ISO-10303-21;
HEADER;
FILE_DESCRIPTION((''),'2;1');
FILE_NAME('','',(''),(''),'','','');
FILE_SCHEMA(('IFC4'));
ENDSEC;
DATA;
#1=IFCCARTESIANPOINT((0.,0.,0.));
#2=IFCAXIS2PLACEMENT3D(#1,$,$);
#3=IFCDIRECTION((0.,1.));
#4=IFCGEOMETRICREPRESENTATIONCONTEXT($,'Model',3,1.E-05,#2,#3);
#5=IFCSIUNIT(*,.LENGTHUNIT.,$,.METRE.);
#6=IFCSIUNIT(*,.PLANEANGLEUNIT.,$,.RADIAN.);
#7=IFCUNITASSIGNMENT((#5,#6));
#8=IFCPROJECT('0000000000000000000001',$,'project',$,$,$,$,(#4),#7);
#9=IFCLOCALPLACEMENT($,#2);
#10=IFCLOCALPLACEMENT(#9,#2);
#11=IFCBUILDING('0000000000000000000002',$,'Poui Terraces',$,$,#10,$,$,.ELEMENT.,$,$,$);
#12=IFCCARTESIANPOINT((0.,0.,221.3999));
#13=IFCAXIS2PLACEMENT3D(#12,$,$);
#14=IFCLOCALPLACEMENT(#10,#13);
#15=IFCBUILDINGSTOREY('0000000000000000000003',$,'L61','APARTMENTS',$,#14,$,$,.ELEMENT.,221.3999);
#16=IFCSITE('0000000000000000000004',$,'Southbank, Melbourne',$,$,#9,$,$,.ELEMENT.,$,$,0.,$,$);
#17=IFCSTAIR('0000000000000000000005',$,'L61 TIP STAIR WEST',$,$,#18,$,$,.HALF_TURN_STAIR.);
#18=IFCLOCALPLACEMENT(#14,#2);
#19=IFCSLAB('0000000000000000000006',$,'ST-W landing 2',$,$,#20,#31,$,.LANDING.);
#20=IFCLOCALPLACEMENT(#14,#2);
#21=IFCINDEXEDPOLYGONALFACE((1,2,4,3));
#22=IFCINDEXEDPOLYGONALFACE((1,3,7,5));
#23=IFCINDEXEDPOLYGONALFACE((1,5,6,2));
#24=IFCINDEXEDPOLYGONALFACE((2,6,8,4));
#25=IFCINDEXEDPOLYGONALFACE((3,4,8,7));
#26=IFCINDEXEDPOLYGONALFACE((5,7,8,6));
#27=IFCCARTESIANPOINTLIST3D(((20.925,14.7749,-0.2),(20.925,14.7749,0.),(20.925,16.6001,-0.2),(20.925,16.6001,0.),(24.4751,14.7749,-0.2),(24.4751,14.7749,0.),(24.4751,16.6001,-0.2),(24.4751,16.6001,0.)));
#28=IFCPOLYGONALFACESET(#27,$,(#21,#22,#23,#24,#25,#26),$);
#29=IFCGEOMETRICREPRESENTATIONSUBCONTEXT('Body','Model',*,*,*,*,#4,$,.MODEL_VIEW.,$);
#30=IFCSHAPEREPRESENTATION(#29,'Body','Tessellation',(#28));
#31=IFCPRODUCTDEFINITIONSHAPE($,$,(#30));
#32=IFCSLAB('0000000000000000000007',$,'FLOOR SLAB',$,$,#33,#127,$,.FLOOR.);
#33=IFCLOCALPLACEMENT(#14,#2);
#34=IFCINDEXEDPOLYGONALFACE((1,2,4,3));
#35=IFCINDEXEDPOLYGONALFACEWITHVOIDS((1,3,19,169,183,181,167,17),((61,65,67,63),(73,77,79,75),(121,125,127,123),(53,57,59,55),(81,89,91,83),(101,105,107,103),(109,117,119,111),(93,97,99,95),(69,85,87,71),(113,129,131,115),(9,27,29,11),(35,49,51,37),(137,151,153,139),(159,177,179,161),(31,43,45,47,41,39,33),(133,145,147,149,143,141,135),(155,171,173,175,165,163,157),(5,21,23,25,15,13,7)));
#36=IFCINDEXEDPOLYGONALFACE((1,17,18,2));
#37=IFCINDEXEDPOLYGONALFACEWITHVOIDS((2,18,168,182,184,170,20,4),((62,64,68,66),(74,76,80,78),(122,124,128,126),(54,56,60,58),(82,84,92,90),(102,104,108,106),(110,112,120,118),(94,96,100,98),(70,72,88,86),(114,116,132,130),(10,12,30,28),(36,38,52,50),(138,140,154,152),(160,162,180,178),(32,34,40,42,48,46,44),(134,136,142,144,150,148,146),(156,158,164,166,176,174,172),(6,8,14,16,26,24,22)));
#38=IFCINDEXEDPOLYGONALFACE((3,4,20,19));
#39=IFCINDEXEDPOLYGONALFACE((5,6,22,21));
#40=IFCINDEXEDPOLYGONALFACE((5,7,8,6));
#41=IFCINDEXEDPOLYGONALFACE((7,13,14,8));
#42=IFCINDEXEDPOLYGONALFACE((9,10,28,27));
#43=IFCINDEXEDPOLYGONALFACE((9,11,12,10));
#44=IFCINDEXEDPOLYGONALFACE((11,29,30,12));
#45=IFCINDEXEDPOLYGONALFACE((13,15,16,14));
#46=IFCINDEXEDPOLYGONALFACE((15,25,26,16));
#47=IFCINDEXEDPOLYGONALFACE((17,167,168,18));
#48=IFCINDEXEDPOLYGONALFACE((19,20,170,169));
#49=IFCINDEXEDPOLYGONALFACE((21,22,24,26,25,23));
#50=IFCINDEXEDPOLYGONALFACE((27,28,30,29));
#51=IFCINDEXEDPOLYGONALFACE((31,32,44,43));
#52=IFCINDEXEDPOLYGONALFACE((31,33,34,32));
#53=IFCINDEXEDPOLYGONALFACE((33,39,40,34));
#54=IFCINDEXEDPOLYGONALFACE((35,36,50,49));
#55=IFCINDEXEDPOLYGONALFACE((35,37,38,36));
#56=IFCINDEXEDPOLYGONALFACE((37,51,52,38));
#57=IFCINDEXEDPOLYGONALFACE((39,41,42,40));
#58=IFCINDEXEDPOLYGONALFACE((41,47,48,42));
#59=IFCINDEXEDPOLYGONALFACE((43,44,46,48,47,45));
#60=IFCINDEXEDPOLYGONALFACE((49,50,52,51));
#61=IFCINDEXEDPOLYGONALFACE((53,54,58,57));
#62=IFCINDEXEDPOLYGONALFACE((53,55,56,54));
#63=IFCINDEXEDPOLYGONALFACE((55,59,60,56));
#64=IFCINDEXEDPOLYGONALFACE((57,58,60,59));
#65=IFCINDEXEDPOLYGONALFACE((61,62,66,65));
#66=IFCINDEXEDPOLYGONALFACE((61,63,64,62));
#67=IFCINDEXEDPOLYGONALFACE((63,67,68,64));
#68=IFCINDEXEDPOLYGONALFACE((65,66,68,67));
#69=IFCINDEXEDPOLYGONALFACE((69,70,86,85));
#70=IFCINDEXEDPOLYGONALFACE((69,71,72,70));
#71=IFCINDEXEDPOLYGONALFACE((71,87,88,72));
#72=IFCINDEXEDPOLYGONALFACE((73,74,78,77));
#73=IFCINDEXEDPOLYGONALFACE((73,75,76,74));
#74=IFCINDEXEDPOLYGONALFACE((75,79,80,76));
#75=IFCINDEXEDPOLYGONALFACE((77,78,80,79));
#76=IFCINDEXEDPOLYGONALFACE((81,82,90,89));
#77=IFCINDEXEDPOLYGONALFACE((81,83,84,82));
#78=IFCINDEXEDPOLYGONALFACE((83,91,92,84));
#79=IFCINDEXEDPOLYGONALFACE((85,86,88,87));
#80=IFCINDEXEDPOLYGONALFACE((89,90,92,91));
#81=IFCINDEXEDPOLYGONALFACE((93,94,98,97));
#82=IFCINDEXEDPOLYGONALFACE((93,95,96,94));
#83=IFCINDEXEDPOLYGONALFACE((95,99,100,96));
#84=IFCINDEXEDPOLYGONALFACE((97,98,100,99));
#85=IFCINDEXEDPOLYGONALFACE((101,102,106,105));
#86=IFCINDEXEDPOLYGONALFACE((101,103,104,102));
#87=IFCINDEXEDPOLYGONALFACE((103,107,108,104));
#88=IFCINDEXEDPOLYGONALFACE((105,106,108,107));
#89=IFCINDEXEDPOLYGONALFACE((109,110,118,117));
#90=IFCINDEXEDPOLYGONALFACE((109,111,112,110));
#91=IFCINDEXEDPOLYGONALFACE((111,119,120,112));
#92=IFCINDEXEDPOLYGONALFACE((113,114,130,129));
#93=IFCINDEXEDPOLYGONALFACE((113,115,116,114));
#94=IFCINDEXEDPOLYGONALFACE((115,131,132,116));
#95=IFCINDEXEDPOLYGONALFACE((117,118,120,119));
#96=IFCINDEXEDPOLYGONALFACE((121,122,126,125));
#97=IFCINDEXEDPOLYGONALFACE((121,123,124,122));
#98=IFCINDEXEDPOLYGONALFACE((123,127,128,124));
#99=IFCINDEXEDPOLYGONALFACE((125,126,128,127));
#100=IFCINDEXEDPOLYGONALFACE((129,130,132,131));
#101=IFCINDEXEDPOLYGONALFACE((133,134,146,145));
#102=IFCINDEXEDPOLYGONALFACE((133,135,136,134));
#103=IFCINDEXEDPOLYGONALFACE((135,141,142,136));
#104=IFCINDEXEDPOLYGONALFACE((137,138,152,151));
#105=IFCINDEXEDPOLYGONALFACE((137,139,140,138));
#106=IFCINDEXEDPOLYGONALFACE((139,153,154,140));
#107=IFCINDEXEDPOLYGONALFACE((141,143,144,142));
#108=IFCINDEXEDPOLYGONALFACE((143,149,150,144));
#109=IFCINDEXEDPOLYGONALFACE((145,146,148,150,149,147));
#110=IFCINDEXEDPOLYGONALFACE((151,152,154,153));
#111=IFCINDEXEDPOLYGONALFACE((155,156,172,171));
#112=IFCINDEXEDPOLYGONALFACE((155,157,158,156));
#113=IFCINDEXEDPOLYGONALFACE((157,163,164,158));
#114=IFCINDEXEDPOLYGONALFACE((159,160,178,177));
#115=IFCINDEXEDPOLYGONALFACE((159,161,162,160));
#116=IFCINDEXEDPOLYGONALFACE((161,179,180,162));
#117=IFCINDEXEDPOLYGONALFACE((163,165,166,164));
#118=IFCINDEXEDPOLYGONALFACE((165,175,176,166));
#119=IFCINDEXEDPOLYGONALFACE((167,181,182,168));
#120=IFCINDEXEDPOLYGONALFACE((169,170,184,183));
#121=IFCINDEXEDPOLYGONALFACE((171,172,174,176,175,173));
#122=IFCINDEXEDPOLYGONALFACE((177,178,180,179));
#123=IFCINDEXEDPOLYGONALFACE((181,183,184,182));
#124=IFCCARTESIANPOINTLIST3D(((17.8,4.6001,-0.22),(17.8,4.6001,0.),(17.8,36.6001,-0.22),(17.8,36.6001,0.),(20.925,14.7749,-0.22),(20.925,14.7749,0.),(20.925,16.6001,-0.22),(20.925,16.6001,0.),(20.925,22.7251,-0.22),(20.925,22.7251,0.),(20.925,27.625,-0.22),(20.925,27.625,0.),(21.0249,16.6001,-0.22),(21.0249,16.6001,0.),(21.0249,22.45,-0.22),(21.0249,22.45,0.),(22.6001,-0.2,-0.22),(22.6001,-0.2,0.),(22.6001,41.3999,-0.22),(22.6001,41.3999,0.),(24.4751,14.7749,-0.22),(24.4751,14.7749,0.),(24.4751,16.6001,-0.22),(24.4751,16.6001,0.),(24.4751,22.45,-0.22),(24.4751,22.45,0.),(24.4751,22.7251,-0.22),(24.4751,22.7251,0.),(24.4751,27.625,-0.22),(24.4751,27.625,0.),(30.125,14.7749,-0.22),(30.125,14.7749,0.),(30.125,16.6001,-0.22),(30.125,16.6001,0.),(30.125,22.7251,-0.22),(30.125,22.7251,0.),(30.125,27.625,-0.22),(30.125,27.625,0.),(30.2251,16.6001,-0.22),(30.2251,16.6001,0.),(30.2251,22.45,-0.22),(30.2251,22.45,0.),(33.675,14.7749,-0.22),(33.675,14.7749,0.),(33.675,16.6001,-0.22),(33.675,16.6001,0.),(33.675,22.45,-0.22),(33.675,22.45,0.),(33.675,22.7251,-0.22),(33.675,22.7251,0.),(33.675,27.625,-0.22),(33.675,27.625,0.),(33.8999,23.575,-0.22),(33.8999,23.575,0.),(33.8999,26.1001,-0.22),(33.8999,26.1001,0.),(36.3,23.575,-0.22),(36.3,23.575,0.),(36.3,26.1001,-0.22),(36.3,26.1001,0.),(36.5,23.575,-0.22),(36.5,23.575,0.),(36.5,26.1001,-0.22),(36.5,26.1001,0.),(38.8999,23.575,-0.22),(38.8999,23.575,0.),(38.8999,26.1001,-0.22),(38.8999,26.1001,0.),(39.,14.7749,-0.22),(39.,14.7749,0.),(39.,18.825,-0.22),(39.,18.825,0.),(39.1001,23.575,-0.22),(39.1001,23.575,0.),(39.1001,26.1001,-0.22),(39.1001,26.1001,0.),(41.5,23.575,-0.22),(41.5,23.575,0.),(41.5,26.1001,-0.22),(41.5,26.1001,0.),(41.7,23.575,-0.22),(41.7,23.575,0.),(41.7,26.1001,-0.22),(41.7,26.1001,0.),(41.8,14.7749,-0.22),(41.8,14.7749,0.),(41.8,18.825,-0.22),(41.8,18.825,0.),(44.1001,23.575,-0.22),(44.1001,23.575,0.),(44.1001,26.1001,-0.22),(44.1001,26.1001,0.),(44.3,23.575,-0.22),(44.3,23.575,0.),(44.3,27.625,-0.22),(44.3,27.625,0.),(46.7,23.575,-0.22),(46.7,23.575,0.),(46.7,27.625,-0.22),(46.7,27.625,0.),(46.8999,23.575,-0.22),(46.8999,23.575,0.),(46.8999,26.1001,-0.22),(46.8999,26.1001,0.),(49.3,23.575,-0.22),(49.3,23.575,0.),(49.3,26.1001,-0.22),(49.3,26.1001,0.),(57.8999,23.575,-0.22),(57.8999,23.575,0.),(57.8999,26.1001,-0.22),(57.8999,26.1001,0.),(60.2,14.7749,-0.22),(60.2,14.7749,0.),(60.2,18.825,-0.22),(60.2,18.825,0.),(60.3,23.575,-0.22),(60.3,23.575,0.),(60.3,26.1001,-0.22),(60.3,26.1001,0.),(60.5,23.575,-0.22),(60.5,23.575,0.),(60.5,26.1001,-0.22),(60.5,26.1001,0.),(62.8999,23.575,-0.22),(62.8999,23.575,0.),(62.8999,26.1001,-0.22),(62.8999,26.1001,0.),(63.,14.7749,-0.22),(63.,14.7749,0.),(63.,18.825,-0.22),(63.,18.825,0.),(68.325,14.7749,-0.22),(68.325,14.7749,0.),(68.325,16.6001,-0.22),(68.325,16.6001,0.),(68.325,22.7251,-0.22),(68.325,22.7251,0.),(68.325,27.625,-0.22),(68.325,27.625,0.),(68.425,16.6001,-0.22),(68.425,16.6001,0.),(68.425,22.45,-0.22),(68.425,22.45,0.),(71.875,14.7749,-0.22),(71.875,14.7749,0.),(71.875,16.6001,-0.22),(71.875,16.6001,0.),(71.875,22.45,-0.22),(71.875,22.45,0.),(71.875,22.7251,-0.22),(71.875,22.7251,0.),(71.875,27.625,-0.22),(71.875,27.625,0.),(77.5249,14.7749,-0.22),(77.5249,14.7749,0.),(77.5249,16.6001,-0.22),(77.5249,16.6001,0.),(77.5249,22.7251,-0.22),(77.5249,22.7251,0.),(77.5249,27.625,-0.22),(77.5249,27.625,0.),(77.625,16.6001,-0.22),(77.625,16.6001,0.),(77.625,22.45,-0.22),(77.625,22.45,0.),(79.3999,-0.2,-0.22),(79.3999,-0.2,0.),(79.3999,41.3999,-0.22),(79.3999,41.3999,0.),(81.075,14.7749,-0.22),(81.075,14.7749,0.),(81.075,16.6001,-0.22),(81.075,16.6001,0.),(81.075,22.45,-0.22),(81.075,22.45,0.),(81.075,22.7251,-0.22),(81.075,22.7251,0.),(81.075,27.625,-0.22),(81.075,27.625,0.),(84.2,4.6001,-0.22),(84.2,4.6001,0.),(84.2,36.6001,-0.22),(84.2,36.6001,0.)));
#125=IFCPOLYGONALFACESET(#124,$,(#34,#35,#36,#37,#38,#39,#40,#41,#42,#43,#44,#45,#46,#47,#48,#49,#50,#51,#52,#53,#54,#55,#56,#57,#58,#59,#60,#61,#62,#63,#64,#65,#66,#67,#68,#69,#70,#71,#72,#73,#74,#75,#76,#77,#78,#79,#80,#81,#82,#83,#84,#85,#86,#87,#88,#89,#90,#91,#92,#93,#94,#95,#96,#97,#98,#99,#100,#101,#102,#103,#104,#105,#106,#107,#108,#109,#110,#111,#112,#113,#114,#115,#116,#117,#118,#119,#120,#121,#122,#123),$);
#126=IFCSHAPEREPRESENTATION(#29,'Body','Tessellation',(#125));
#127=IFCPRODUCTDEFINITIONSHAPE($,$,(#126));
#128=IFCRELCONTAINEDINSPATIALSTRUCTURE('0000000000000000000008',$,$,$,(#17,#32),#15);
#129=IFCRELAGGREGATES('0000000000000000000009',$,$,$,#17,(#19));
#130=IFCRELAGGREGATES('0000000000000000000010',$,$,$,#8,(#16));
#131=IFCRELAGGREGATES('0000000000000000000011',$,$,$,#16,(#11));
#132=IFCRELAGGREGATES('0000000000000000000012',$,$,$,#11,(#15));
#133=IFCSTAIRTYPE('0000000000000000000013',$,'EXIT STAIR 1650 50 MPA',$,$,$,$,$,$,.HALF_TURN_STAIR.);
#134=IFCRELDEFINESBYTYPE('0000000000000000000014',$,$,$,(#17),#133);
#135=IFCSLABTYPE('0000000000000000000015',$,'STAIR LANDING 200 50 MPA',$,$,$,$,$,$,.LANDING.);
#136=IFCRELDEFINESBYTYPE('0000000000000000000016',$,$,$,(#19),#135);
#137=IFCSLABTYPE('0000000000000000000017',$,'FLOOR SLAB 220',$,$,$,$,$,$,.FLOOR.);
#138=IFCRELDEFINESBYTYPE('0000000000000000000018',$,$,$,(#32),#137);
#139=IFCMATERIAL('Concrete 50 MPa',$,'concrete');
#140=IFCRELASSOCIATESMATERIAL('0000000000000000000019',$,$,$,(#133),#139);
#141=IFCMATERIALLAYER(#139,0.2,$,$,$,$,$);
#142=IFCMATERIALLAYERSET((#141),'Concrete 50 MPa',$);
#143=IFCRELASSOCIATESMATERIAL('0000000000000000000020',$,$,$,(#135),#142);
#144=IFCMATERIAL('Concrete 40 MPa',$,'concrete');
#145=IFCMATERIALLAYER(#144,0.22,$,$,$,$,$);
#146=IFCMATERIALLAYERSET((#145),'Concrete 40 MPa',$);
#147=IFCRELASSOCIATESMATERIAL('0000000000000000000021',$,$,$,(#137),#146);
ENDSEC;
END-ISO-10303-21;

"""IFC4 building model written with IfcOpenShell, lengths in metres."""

from ifc_helpers import new_model, si_unit, direction, frame, origin, place, context, subcontext, project, spatial, polyline, outline, extrude, source, transform, mapped, material, layer, layer_set, type_object, element, aggregate, save


model = new_model("IFC4")

# Units and contexts
model_context = context("Model", 3, precision=1e-05, world=origin(), true_north=direction((0.0, 1.0)))
body_context = subcontext(model_context, "Body", "Model", "MODEL_VIEW")
ifc_project = project(units=[si_unit("LENGTHUNIT", "METRE"), si_unit("PLANEANGLEUNIT", "RADIAN")], contexts=[model_context])

# Site, building, storey
site_placement = place(None, origin())
site = spatial("IfcSite", under=ifc_project, at=site_placement, Name="Southbank, Melbourne", CompositionType="ELEMENT", RefElevation=0.0)
building_placement = place(site_placement, origin())
building = spatial("IfcBuilding", under=site, at=building_placement, Name="Poui Terraces", CompositionType="ELEMENT")
storey_placement = place(building_placement, frame((0.0, 0.0, 221.3999)))
storey = spatial("IfcBuildingStorey", under=building, at=storey_placement, Name="L61", Description="APARTMENTS", CompositionType="ELEMENT", Elevation=221.3999)

# Stair, slab
ifc_material_1 = material(Name="Concrete 50 MPa", Category="concrete")
stair_type = type_object("IfcStairType", Name="EXIT STAIR 1650 50 MPA", PredefinedType="HALF_TURN_STAIR", material=ifc_material_1)
stair_placement = place(storey_placement, origin())
stair = element("IfcStair", 1, at=stair_placement, inside=storey, type_object=stair_type, Name="L61 TIP STAIR WEST", PredefinedType="HALF_TURN_STAIR")
ifc_layer_1 = layer(ifc_material_1, 0.2)
ifc_layer_set_1 = layer_set([ifc_layer_1], Name="Concrete 50 MPa")
slab_type_1 = type_object("IfcSlabType", Name="STAIR LANDING 200 50 MPA", PredefinedType="LANDING", material=ifc_layer_set_1)
slab_1_placement = place(storey_placement, frame((0.0, 0.0, -0.2)))
slab_1 = element("IfcSlab", 2, at=slab_1_placement, type_object=slab_type_1, Name="ST-W landing 2", PredefinedType="LANDING", context=body_context, shape_type="SweptSolid", body=[
    extrude(outline(polyline([(20.925, 14.7749), (24.4751, 14.7749), (24.4751, 16.6001), (20.925, 16.6001), (20.925, 14.7749)])), origin(), (0.0, 0.0, 1.0), 0.2),
])
aggregate(stair, [slab_1])

# Slab
ifc_material_2 = material(Name="Concrete 40 MPa", Category="concrete")
ifc_layer_2 = layer(ifc_material_2, 0.22)
ifc_layer_set_2 = layer_set([ifc_layer_2], Name="Concrete 40 MPa")
slab_type_2 = type_object("IfcSlabType", Name="FLOOR SLAB 220", PredefinedType="FLOOR", material=ifc_layer_set_2)
shared_shape = source(origin(), body_context, "Body", "SweptSolid", [
    extrude(outline(polyline([(0.0, 0.0), (4.8, -4.8), (61.5999, -4.8), (66.3999, 0.0), (66.3999, 32.0), (61.5999, 36.7998), (4.8, 36.7998), (0.0, 32.0), (0.0, 0.0)]), holes=[polyline([(21.2, 10.1748), (21.2, 14.2249), (24.0, 14.2249), (24.0, 10.1748), (21.2, 10.1748)]), polyline([(3.2249, 17.8499), (6.675, 17.8499), (6.675, 12.0), (6.675, 10.1748), (3.125, 10.1748), (3.125, 12.0), (3.2249, 12.0), (3.2249, 17.8499)]), polyline([(12.425, 17.8499), (15.875, 17.8499), (15.875, 12.0), (15.875, 10.1748), (12.325, 10.1748), (12.325, 12.0), (12.425, 12.0), (12.425, 17.8499)]), polyline([(16.0999, 18.9749), (16.0999, 21.5), (18.5, 21.5), (18.5, 18.9749), (16.0999, 18.9749)]), polyline([(18.7, 18.9749), (18.7, 21.5), (21.0999, 21.5), (21.0999, 18.9749), (18.7, 18.9749)]), polyline([(21.3, 18.9749), (21.3, 21.5), (23.7, 21.5), (23.7, 18.9749), (21.3, 18.9749)]), polyline([(23.8999, 18.9749), (23.8999, 21.5), (26.3, 21.5), (26.3, 18.9749), (23.8999, 18.9749)]), polyline([(3.125, 23.0249), (6.675, 23.0249), (6.675, 18.125), (3.125, 18.125), (3.125, 23.0249)]), polyline([(12.325, 23.0249), (15.875, 23.0249), (15.875, 18.125), (12.325, 18.125), (12.325, 23.0249)]), polyline([(42.3999, 10.1748), (42.3999, 14.2249), (45.2, 14.2249), (45.2, 10.1748), (42.3999, 10.1748)]), polyline([(50.625, 17.8499), (54.075, 17.8499), (54.075, 12.0), (54.075, 10.1748), (50.5249, 10.1748), (50.5249, 12.0), (50.625, 12.0), (50.625, 17.8499)]), polyline([(59.825, 17.8499), (63.2749, 17.8499), (63.2749, 12.0), (63.2749, 10.1748), (59.7249, 10.1748), (59.7249, 12.0), (59.825, 12.0), (59.825, 17.8499)]), polyline([(29.0999, 18.9749), (29.0999, 21.5), (31.5, 21.5), (31.5, 18.9749), (29.0999, 18.9749)]), polyline([(40.0999, 18.9749), (40.0999, 21.5), (42.5, 21.5), (42.5, 18.9749), (40.0999, 18.9749)]), polyline([(42.7, 18.9749), (42.7, 21.5), (45.0999, 21.5), (45.0999, 18.9749), (42.7, 18.9749)]), polyline([(50.5249, 18.125), (50.5249, 23.0249), (54.075, 23.0249), (54.075, 18.125), (50.5249, 18.125)]), polyline([(59.7249, 23.0249), (63.2749, 23.0249), (63.2749, 18.125), (59.7249, 18.125), (59.7249, 23.0249)]), polyline([(26.5, 23.0249), (28.8999, 23.0249), (28.8999, 18.9749), (26.5, 18.9749), (26.5, 23.0249)])]), origin(), (0.0, 0.0, 1.0), 0.22),
])
slab_2_placement = place(storey_placement, frame((17.8, 4.6001, -0.22)))
element("IfcSlab", 3, at=slab_2_placement, inside=storey, type_object=slab_type_2, Name="FLOOR SLAB", PredefinedType="FLOOR", context=body_context, shape_type="MappedRepresentation", body=[
    mapped(shared_shape, transform((0.0, 0.0, 0.0))),
])

save(model, "model.ifc")
